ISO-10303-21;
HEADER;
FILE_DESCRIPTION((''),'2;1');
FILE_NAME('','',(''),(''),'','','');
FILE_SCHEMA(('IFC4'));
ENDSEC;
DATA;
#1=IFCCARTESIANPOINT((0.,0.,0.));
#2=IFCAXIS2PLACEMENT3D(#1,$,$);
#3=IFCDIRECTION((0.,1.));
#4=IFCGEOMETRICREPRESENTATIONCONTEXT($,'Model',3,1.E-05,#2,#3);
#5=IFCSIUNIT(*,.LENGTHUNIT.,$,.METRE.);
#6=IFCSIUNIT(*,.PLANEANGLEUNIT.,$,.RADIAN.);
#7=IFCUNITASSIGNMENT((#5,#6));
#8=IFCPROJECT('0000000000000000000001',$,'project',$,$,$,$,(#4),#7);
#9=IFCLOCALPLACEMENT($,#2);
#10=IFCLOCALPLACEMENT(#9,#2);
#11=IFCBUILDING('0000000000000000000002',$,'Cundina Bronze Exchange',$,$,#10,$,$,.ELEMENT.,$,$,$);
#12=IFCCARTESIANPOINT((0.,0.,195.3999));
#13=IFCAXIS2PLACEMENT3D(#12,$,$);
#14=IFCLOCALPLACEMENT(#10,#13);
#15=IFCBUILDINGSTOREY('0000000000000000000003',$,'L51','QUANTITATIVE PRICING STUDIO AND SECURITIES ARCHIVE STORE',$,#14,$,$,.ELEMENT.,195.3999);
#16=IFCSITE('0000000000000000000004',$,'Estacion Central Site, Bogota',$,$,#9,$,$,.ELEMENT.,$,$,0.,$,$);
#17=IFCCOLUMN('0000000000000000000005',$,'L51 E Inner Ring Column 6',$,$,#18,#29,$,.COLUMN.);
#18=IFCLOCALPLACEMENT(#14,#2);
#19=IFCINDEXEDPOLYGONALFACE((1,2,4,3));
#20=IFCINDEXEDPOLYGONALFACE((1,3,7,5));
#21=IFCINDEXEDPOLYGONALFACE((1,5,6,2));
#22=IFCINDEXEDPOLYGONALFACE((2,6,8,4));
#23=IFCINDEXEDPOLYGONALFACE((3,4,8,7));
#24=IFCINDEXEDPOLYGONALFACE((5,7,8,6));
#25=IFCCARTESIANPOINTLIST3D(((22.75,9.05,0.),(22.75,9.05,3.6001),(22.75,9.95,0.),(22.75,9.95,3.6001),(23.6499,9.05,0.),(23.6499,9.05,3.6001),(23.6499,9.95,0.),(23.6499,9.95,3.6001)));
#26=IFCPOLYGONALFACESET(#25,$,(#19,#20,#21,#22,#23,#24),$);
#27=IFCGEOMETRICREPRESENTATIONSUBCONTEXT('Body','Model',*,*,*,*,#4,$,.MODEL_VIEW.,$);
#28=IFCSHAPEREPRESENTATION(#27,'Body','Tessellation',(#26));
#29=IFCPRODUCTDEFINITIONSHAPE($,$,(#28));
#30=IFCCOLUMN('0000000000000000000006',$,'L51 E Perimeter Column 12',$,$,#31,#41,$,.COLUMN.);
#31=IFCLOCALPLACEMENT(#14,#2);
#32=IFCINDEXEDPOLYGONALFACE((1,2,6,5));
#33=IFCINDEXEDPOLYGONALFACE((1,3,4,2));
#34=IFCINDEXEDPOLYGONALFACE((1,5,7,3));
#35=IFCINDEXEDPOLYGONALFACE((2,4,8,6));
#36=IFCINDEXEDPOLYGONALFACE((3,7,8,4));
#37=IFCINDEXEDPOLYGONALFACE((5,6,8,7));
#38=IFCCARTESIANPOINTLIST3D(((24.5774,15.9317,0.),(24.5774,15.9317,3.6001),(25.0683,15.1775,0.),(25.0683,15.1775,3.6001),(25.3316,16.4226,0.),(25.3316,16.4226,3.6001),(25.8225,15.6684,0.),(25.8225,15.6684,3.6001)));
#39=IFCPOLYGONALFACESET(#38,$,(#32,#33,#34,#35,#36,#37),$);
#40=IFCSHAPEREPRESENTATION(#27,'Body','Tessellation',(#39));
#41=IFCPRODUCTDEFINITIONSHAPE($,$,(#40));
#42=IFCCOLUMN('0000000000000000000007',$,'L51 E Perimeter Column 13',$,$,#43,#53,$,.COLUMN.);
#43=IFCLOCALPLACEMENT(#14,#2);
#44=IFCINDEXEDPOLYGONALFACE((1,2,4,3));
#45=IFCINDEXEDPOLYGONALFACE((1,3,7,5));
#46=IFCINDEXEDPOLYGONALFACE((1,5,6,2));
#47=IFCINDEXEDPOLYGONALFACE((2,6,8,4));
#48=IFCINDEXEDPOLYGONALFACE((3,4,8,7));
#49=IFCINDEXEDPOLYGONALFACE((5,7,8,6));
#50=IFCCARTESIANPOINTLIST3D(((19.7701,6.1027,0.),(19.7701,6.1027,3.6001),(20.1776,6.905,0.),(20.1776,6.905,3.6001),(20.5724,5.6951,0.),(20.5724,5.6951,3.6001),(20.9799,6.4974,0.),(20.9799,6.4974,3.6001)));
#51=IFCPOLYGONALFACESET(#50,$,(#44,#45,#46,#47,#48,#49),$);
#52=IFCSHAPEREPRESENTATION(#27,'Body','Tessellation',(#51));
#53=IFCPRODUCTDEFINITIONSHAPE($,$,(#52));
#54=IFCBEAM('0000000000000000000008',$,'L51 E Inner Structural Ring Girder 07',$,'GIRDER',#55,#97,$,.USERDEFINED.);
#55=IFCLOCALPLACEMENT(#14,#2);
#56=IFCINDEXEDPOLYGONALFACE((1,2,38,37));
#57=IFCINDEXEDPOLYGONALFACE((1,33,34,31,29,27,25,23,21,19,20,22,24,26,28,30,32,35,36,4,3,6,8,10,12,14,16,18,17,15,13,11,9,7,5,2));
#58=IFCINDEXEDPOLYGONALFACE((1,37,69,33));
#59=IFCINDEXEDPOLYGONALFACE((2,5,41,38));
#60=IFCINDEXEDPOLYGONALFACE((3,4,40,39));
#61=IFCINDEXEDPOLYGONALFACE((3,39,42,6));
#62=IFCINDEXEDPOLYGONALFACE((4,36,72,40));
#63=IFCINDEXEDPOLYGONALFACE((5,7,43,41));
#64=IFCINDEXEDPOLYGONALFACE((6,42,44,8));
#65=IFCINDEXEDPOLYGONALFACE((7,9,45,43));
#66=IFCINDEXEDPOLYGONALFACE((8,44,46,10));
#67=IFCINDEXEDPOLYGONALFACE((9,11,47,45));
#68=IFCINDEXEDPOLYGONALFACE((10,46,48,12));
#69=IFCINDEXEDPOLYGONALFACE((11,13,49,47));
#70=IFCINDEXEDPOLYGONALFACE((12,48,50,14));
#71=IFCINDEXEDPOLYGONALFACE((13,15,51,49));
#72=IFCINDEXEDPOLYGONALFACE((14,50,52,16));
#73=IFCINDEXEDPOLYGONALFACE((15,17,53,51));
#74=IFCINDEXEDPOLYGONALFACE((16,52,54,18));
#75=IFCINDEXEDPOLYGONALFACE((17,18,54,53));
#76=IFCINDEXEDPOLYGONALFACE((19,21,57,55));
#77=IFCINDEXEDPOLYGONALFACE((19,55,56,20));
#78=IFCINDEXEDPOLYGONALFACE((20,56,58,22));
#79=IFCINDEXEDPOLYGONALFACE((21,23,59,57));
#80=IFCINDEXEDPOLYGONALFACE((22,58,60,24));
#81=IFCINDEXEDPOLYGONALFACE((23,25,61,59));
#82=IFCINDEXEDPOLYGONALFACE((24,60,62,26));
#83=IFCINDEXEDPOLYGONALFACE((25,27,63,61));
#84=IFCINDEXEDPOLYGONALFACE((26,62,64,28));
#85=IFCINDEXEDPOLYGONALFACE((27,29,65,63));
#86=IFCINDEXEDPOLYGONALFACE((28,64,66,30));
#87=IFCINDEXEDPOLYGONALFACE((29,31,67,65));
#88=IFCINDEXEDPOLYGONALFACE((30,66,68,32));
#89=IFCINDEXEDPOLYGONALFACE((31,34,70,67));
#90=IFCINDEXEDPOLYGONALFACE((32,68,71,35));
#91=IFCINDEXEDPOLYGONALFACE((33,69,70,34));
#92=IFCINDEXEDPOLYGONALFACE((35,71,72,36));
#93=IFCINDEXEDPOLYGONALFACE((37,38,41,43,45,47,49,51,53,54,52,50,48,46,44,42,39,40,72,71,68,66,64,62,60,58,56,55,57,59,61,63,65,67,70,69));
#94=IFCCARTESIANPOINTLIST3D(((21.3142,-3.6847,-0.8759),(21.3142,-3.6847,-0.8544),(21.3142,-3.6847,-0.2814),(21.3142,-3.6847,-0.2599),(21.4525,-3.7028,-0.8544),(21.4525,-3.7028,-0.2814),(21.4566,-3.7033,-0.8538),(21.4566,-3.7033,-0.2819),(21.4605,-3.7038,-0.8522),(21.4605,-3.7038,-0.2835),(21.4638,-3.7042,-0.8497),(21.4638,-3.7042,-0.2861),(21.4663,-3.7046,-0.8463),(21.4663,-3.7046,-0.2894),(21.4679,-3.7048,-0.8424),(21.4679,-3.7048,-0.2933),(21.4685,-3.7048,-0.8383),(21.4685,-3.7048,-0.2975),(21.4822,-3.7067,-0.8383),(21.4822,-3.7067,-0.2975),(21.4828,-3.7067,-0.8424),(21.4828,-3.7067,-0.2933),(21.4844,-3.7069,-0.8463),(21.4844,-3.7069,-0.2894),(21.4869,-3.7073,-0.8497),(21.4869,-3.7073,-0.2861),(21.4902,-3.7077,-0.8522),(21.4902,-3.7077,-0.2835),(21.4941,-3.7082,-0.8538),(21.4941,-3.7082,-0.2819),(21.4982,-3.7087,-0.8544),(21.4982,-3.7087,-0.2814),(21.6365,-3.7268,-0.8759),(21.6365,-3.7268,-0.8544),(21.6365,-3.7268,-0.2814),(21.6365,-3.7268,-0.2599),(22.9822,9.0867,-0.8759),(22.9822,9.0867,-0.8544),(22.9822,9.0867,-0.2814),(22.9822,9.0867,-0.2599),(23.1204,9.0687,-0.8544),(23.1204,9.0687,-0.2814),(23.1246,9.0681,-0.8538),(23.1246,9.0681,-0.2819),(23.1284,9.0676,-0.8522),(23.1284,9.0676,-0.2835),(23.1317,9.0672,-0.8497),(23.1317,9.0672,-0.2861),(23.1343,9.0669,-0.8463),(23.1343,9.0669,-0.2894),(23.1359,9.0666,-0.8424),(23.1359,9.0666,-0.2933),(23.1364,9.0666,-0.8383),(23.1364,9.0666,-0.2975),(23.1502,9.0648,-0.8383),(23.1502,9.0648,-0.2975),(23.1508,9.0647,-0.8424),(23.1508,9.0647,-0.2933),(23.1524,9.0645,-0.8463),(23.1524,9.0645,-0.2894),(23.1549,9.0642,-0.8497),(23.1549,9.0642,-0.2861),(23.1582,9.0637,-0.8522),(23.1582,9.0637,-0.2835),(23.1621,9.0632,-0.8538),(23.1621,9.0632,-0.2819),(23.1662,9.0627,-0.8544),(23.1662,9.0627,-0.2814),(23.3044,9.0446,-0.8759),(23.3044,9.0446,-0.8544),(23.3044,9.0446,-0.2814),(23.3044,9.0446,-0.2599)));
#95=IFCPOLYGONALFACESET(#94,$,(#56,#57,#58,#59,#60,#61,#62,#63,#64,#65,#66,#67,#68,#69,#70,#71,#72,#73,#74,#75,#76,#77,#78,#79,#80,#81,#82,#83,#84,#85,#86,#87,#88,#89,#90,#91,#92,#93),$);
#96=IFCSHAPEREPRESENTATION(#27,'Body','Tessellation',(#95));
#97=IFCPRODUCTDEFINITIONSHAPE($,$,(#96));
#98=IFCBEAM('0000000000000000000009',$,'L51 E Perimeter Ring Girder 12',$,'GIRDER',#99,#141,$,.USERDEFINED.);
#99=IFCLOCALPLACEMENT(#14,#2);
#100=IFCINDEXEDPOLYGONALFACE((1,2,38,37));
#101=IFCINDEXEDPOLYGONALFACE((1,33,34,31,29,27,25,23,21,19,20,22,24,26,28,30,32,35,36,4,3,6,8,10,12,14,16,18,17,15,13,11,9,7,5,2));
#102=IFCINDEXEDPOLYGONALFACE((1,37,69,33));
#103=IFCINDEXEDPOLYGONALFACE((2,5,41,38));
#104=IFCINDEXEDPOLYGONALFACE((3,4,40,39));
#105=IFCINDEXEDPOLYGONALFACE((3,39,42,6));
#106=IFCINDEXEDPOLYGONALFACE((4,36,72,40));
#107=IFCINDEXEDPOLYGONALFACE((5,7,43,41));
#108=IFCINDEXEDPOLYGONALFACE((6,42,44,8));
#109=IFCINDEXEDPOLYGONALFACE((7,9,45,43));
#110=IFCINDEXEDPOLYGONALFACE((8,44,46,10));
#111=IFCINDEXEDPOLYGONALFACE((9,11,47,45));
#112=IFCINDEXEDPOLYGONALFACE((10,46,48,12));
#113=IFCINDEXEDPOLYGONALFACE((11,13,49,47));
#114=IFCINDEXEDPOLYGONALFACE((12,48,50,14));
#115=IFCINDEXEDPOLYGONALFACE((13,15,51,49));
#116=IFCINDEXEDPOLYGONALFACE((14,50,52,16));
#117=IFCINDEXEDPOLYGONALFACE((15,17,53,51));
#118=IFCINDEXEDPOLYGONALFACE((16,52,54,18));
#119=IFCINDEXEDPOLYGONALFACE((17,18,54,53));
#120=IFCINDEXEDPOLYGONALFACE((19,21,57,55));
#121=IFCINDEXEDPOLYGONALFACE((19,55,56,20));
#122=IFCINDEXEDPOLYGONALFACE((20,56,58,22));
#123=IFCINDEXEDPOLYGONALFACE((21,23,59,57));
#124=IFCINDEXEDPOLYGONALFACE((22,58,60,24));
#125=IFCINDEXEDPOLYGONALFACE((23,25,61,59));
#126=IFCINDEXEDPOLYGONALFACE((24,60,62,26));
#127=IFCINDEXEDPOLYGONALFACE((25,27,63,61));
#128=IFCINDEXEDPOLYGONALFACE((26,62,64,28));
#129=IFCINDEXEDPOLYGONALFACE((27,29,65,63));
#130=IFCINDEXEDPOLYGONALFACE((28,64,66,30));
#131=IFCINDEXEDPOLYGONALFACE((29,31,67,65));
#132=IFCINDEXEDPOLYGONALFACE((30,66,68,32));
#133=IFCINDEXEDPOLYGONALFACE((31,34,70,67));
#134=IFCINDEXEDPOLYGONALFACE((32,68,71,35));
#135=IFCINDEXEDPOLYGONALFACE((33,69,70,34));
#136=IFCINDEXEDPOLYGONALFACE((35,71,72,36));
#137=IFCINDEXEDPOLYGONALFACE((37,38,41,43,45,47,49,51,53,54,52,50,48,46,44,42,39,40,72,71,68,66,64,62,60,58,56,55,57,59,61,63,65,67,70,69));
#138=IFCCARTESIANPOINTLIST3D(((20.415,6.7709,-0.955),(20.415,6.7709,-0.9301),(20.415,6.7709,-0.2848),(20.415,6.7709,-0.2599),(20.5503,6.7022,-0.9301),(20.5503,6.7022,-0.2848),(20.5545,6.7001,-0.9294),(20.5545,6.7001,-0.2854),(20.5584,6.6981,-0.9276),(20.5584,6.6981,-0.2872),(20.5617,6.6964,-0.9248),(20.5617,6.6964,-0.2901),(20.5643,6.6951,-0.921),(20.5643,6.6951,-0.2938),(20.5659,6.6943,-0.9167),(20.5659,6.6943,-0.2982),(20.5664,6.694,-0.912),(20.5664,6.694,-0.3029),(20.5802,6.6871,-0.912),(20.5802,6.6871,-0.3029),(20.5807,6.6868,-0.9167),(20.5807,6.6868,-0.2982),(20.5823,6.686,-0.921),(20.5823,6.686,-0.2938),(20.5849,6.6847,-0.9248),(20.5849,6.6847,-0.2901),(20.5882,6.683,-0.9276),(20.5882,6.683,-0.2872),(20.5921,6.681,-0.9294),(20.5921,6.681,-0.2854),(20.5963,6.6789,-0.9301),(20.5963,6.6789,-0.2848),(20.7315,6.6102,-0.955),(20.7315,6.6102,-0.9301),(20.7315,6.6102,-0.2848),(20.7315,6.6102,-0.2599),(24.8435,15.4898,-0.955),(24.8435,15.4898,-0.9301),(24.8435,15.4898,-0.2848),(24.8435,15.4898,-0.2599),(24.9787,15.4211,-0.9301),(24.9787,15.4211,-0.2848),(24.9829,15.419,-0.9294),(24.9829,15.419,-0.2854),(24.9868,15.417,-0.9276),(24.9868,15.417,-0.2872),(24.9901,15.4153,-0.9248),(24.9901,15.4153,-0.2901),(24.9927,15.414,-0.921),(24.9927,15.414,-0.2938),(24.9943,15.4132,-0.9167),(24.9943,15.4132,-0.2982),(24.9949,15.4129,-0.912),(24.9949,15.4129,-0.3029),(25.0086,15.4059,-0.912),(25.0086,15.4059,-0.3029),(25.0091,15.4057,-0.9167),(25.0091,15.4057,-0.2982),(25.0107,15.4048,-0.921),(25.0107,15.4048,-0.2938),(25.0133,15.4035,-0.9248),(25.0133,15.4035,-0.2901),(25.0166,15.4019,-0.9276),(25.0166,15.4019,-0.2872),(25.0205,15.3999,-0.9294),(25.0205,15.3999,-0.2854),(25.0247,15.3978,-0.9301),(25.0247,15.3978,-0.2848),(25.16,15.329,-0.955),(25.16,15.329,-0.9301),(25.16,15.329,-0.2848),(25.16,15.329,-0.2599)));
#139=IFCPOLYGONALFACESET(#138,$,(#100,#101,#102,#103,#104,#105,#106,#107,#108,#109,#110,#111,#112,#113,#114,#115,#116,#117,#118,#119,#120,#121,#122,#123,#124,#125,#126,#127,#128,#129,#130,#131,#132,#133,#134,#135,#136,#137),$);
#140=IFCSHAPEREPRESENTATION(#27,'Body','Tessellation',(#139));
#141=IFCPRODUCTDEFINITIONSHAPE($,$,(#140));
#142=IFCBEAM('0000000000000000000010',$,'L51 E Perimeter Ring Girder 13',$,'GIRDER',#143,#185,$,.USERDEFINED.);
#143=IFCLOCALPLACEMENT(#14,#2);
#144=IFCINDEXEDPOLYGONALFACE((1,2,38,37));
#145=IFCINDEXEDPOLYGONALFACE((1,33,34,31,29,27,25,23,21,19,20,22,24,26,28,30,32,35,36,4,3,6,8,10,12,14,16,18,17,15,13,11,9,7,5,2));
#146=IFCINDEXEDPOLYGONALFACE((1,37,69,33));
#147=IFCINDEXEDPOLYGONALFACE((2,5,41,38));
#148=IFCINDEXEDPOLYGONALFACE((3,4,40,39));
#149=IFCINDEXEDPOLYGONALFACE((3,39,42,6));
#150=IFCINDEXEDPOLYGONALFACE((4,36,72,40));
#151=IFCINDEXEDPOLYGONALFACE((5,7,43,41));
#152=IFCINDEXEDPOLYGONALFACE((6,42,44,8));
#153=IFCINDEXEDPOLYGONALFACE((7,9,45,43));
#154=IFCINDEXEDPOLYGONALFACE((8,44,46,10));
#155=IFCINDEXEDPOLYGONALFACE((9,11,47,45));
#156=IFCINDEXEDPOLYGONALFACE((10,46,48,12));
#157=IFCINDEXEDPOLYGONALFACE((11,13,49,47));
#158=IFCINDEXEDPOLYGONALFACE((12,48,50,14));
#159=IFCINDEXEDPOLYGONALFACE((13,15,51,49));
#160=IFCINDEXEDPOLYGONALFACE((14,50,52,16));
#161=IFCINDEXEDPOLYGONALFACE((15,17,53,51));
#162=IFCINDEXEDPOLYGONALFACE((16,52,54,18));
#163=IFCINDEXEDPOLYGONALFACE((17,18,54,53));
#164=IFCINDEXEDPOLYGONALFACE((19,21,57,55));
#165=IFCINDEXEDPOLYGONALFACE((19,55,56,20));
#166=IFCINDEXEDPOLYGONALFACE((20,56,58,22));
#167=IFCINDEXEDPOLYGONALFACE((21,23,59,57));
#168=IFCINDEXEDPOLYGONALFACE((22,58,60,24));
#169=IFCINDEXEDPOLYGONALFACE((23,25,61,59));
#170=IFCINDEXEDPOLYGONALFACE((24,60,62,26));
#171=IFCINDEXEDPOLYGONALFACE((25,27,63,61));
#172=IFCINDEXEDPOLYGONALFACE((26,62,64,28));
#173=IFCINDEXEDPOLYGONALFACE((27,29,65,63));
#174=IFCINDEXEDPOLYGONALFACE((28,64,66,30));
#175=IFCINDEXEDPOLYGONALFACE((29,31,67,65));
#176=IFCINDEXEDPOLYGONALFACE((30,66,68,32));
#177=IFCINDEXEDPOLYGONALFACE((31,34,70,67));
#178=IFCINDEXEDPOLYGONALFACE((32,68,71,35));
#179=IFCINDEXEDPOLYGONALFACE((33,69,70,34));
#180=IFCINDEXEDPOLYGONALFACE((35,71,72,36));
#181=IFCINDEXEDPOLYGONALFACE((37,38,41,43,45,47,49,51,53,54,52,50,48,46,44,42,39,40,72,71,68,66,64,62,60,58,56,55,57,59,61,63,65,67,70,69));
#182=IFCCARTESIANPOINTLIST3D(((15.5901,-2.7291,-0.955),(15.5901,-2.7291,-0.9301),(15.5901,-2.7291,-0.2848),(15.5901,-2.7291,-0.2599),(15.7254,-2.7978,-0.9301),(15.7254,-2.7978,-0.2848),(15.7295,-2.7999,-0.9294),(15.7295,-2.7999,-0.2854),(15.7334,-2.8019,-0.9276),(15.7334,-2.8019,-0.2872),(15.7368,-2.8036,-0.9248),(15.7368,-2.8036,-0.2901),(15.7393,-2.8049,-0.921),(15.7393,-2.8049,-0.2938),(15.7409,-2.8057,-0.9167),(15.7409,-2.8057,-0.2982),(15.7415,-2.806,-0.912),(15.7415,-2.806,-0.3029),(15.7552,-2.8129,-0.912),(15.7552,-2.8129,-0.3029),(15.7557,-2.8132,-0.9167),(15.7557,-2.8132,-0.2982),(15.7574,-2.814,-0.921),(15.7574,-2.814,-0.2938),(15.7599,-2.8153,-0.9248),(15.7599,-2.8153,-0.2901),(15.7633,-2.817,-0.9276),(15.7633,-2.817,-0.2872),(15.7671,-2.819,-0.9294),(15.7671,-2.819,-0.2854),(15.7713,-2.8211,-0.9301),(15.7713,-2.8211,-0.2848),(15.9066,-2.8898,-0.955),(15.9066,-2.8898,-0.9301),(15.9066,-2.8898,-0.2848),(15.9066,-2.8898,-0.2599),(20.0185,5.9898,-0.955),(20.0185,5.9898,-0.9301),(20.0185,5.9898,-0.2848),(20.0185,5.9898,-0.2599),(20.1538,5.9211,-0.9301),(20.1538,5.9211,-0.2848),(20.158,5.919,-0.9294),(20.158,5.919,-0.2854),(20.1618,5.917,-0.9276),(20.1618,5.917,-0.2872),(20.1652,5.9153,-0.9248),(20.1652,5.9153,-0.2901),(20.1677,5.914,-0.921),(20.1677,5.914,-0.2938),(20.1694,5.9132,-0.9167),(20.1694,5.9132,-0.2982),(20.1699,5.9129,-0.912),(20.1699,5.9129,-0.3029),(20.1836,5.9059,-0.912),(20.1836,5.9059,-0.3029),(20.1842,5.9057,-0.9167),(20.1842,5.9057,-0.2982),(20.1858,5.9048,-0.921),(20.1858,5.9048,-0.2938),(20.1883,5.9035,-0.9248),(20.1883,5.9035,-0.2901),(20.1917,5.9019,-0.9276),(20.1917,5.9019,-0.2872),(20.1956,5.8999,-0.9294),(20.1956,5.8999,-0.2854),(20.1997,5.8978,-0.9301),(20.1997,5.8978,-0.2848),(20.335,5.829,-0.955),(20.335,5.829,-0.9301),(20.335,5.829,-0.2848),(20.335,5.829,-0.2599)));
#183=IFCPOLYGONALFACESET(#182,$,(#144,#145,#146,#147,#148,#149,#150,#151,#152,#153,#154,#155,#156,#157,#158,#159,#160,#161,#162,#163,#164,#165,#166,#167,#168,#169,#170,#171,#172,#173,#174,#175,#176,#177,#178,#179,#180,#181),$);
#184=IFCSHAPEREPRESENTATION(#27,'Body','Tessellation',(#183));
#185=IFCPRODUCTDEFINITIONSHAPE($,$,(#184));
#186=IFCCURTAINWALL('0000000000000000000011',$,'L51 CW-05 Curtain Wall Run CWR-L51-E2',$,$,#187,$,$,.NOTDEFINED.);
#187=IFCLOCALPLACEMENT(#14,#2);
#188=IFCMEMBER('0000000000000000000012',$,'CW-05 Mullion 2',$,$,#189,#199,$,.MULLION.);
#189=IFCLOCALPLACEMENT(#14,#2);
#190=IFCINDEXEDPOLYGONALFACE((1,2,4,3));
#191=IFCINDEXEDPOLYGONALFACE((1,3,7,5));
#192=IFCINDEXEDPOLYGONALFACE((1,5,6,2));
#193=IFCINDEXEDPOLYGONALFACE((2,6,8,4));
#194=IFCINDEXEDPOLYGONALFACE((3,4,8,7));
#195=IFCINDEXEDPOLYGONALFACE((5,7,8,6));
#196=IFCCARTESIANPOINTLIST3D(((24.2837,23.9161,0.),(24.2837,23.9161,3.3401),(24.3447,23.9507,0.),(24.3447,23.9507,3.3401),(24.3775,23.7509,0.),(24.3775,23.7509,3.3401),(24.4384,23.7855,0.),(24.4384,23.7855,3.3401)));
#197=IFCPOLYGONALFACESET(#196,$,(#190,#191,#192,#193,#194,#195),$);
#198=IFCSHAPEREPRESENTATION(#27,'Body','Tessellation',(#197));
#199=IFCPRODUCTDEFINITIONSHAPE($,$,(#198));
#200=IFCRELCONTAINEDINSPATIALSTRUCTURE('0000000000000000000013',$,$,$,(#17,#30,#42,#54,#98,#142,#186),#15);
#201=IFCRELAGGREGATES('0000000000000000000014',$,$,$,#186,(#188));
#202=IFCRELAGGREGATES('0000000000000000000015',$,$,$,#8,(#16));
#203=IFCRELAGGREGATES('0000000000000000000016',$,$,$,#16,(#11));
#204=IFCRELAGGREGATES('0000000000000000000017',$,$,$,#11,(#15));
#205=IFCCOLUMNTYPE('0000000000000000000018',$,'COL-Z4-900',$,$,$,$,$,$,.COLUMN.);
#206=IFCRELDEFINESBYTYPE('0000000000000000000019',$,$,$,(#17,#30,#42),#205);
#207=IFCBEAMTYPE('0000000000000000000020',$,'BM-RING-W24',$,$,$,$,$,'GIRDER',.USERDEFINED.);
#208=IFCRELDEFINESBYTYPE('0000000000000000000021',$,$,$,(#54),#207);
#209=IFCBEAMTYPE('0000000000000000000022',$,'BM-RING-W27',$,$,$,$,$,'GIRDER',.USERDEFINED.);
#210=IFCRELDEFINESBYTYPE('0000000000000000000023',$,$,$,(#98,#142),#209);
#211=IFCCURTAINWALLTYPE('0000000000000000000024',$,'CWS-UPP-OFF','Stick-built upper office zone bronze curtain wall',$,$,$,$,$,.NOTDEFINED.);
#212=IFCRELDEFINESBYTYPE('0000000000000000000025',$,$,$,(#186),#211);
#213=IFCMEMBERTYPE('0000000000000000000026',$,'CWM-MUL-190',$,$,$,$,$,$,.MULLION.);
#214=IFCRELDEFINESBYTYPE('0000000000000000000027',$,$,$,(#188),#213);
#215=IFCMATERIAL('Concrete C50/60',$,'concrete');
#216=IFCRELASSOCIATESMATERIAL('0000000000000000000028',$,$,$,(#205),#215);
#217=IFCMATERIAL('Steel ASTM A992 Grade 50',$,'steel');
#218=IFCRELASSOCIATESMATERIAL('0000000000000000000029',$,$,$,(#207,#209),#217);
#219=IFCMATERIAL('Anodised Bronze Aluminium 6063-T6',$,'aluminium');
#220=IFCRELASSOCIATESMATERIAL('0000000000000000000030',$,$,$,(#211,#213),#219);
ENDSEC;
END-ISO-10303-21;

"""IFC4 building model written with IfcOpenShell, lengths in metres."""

from ifc_helpers import new_model, si_unit, direction, frame, origin, origin_2d, place, context, subcontext, project, spatial, rectangle, i_section, extrude, material, material_profile, profile_set, type_object, element, aggregate, save


model = new_model("IFC4")

# Units and contexts
model_context = context("Model", 3, precision=1e-05, world=origin(), true_north=direction((0.0, 1.0)))
body_context = subcontext(model_context, "Body", "Model", "MODEL_VIEW")
ifc_project = project(units=[si_unit("LENGTHUNIT", "METRE"), si_unit("PLANEANGLEUNIT", "RADIAN")], contexts=[model_context])

# Site, building, storey
site_placement = place(None, origin())
site = spatial("IfcSite", under=ifc_project, at=site_placement, Name="Estacion Central Site, Bogota", CompositionType="ELEMENT", RefElevation=0.0)
building_placement = place(site_placement, origin())
building = spatial("IfcBuilding", under=site, at=building_placement, Name="Cundina Bronze Exchange", CompositionType="ELEMENT")
storey_placement = place(building_placement, frame((0.0, 0.0, 195.3999)))
storey = spatial("IfcBuildingStorey", under=building, at=storey_placement, Name="L51", Description="QUANTITATIVE PRICING STUDIO AND SECURITIES ARCHIVE STORE", CompositionType="ELEMENT", Elevation=195.3999)

# Columns
ifc_material_1 = material(Name="Concrete C50/60", Category="concrete")
ifc_material_profile_1 = material_profile(ifc_material_1, rectangle(XDim=0.8999, YDim=0.8999, at=origin_2d()), Name="RC900X900", Category="concrete")
ifc_profile_set_1 = profile_set([ifc_material_profile_1], Name="Concrete C50/60")
column_type = type_object("IfcColumnType", Name="COL-Z4-900", PredefinedType="COLUMN", material=ifc_profile_set_1)
for number, where, z_axis, x_axis, name in (
    (1, (23.2, 9.5, 0.0), (0.0, 0.0, 1.0), (1.0, 0.0, 0.0), "L51 E Inner Ring Column 6"),
    (2, (25.2, 15.8, 0.0), (0.0, 0.0, 1.0), (-0.8381, -0.545517, 0.0), "L51 E Perimeter Column 12"),
    (3, (20.375, 6.3, 0.0), (0.0, 0.0, 1.0), (-0.452902, -0.891561, 0.0), "L51 E Perimeter Column 13"),
):
    element("IfcColumn", number, at=place(storey_placement, frame(where, z_axis=z_axis, x_axis=x_axis)), inside=storey, type_object=column_type, Name=name, PredefinedType="COLUMN", context=body_context, shape_type="SweptSolid", body=[
        extrude(rectangle(XDim=0.8999, YDim=0.8999, at=origin_2d()), origin(), (0.0, 0.0, 1.0), 3.6001),
    ])

# Beams
ifc_material_2 = material(Name="Steel ASTM A992 Grade 50", Category="steel")
ifc_material_profile_2 = material_profile(ifc_material_2, i_section(OverallWidth=0.325, OverallDepth=0.616, WebThickness=0.0139, FlangeThickness=0.0215, FilletRadius=0.0161, at=origin_2d()), Name="W24X117", Category="steel")
ifc_profile_set_2 = profile_set([ifc_material_profile_2], Name="Steel ASTM A992 Grade 50")
beam_type_1 = type_object("IfcBeamType", Name="BM-RING-W24", ElementType="GIRDER", PredefinedType="USERDEFINED", material=ifc_profile_set_2)
beam_placement = place(storey_placement, frame((23.1433, 9.0657, -0.5679), z_axis=(-0.129501, -0.991579, 0.0), x_axis=(0.991579, -0.129501, 0.0)))
element("IfcBeam", 4, at=beam_placement, inside=storey, type_object=beam_type_1, Name="L51 E Inner Structural Ring Girder 07", ObjectType="GIRDER", PredefinedType="USERDEFINED", context=body_context, shape_type="SweptSolid", body=[
    extrude(i_section(OverallWidth=0.325, OverallDepth=0.616, WebThickness=0.0139, FlangeThickness=0.0215, FilletRadius=0.0161, at=origin_2d()), origin(), (0.0, 0.0, 1.0), 12.8799),
])
ifc_material_profile_3 = material_profile(ifc_material_2, i_section(OverallWidth=0.355, OverallDepth=0.6951, WebThickness=0.0154, FlangeThickness=0.0249, FilletRadius=0.0181, at=origin_2d()), Name="W27X146", Category="steel")
ifc_profile_set_3 = profile_set([ifc_material_profile_3], Name="Steel ASTM A992 Grade 50")
beam_type_2 = type_object("IfcBeamType", Name="BM-RING-W27", ElementType="GIRDER", PredefinedType="USERDEFINED", material=ifc_profile_set_3)
for number, where, z_axis, x_axis, name in (
    (5, (25.0017, 15.4094, -0.6074), (-0.452847, -0.891588, 0.0), (0.891588, -0.452847, 0.0), "L51 E Perimeter Ring Girder 12"),
    (6, (20.1768, 5.9094, -0.6074), (-0.452847, -0.891588, 0.0), (0.891588, -0.452847, 0.0), "L51 E Perimeter Ring Girder 13"),
):
    element("IfcBeam", number, at=place(storey_placement, frame(where, z_axis=z_axis, x_axis=x_axis)), inside=storey, type_object=beam_type_2, Name=name, ObjectType="GIRDER", PredefinedType="USERDEFINED", context=body_context, shape_type="SweptSolid", body=[
        extrude(i_section(OverallWidth=0.355, OverallDepth=0.6951, WebThickness=0.0154, FlangeThickness=0.0249, FilletRadius=0.0181, at=origin_2d()), origin(), (0.0, 0.0, 1.0), 9.7791),
    ])

# Curtain wall, member
ifc_material_3 = material(Name="Anodised Bronze Aluminium 6063-T6", Category="aluminium")
curtain_wall_type = type_object("IfcCurtainWallType", Name="CWS-UPP-OFF", Description="Stick-built upper office zone bronze curtain wall", PredefinedType="NOTDEFINED", material=ifc_material_3)
curtain_wall_placement = place(storey_placement, origin())
curtain_wall = element("IfcCurtainWall", 7, at=curtain_wall_placement, inside=storey, type_object=curtain_wall_type, Name="L51 CW-05 Curtain Wall Run CWR-L51-E2", PredefinedType="NOTDEFINED")
ifc_material_profile_4 = material_profile(ifc_material_3, rectangle(XDim=0.0701, YDim=0.1899, at=origin_2d()), Name="AL70X190", Category="aluminium")
ifc_profile_set_4 = profile_set([ifc_material_profile_4], Name="Anodised Bronze Aluminium 6063-T6")
member_type_1 = type_object("IfcMemberType", Name="CWM-MUL-190", PredefinedType="MULLION", material=ifc_profile_set_4)
member_1_placement = place(storey_placement, frame((24.3611, 23.8508, 0.0), z_axis=(0.0, 0.0, 1.0), x_axis=(-0.869581, -0.49379, 0.0)))
member_1 = element("IfcMember", 8, at=member_1_placement, type_object=member_type_1, Name="CW-05 Mullion 2", PredefinedType="MULLION", context=body_context, shape_type="SweptSolid", body=[
    extrude(rectangle(XDim=0.0701, YDim=0.1899, at=origin_2d()), origin(), (0.0, 0.0, 1.0), 3.3401),
])
aggregate(curtain_wall, [member_1])

save(model, "model.ifc")
